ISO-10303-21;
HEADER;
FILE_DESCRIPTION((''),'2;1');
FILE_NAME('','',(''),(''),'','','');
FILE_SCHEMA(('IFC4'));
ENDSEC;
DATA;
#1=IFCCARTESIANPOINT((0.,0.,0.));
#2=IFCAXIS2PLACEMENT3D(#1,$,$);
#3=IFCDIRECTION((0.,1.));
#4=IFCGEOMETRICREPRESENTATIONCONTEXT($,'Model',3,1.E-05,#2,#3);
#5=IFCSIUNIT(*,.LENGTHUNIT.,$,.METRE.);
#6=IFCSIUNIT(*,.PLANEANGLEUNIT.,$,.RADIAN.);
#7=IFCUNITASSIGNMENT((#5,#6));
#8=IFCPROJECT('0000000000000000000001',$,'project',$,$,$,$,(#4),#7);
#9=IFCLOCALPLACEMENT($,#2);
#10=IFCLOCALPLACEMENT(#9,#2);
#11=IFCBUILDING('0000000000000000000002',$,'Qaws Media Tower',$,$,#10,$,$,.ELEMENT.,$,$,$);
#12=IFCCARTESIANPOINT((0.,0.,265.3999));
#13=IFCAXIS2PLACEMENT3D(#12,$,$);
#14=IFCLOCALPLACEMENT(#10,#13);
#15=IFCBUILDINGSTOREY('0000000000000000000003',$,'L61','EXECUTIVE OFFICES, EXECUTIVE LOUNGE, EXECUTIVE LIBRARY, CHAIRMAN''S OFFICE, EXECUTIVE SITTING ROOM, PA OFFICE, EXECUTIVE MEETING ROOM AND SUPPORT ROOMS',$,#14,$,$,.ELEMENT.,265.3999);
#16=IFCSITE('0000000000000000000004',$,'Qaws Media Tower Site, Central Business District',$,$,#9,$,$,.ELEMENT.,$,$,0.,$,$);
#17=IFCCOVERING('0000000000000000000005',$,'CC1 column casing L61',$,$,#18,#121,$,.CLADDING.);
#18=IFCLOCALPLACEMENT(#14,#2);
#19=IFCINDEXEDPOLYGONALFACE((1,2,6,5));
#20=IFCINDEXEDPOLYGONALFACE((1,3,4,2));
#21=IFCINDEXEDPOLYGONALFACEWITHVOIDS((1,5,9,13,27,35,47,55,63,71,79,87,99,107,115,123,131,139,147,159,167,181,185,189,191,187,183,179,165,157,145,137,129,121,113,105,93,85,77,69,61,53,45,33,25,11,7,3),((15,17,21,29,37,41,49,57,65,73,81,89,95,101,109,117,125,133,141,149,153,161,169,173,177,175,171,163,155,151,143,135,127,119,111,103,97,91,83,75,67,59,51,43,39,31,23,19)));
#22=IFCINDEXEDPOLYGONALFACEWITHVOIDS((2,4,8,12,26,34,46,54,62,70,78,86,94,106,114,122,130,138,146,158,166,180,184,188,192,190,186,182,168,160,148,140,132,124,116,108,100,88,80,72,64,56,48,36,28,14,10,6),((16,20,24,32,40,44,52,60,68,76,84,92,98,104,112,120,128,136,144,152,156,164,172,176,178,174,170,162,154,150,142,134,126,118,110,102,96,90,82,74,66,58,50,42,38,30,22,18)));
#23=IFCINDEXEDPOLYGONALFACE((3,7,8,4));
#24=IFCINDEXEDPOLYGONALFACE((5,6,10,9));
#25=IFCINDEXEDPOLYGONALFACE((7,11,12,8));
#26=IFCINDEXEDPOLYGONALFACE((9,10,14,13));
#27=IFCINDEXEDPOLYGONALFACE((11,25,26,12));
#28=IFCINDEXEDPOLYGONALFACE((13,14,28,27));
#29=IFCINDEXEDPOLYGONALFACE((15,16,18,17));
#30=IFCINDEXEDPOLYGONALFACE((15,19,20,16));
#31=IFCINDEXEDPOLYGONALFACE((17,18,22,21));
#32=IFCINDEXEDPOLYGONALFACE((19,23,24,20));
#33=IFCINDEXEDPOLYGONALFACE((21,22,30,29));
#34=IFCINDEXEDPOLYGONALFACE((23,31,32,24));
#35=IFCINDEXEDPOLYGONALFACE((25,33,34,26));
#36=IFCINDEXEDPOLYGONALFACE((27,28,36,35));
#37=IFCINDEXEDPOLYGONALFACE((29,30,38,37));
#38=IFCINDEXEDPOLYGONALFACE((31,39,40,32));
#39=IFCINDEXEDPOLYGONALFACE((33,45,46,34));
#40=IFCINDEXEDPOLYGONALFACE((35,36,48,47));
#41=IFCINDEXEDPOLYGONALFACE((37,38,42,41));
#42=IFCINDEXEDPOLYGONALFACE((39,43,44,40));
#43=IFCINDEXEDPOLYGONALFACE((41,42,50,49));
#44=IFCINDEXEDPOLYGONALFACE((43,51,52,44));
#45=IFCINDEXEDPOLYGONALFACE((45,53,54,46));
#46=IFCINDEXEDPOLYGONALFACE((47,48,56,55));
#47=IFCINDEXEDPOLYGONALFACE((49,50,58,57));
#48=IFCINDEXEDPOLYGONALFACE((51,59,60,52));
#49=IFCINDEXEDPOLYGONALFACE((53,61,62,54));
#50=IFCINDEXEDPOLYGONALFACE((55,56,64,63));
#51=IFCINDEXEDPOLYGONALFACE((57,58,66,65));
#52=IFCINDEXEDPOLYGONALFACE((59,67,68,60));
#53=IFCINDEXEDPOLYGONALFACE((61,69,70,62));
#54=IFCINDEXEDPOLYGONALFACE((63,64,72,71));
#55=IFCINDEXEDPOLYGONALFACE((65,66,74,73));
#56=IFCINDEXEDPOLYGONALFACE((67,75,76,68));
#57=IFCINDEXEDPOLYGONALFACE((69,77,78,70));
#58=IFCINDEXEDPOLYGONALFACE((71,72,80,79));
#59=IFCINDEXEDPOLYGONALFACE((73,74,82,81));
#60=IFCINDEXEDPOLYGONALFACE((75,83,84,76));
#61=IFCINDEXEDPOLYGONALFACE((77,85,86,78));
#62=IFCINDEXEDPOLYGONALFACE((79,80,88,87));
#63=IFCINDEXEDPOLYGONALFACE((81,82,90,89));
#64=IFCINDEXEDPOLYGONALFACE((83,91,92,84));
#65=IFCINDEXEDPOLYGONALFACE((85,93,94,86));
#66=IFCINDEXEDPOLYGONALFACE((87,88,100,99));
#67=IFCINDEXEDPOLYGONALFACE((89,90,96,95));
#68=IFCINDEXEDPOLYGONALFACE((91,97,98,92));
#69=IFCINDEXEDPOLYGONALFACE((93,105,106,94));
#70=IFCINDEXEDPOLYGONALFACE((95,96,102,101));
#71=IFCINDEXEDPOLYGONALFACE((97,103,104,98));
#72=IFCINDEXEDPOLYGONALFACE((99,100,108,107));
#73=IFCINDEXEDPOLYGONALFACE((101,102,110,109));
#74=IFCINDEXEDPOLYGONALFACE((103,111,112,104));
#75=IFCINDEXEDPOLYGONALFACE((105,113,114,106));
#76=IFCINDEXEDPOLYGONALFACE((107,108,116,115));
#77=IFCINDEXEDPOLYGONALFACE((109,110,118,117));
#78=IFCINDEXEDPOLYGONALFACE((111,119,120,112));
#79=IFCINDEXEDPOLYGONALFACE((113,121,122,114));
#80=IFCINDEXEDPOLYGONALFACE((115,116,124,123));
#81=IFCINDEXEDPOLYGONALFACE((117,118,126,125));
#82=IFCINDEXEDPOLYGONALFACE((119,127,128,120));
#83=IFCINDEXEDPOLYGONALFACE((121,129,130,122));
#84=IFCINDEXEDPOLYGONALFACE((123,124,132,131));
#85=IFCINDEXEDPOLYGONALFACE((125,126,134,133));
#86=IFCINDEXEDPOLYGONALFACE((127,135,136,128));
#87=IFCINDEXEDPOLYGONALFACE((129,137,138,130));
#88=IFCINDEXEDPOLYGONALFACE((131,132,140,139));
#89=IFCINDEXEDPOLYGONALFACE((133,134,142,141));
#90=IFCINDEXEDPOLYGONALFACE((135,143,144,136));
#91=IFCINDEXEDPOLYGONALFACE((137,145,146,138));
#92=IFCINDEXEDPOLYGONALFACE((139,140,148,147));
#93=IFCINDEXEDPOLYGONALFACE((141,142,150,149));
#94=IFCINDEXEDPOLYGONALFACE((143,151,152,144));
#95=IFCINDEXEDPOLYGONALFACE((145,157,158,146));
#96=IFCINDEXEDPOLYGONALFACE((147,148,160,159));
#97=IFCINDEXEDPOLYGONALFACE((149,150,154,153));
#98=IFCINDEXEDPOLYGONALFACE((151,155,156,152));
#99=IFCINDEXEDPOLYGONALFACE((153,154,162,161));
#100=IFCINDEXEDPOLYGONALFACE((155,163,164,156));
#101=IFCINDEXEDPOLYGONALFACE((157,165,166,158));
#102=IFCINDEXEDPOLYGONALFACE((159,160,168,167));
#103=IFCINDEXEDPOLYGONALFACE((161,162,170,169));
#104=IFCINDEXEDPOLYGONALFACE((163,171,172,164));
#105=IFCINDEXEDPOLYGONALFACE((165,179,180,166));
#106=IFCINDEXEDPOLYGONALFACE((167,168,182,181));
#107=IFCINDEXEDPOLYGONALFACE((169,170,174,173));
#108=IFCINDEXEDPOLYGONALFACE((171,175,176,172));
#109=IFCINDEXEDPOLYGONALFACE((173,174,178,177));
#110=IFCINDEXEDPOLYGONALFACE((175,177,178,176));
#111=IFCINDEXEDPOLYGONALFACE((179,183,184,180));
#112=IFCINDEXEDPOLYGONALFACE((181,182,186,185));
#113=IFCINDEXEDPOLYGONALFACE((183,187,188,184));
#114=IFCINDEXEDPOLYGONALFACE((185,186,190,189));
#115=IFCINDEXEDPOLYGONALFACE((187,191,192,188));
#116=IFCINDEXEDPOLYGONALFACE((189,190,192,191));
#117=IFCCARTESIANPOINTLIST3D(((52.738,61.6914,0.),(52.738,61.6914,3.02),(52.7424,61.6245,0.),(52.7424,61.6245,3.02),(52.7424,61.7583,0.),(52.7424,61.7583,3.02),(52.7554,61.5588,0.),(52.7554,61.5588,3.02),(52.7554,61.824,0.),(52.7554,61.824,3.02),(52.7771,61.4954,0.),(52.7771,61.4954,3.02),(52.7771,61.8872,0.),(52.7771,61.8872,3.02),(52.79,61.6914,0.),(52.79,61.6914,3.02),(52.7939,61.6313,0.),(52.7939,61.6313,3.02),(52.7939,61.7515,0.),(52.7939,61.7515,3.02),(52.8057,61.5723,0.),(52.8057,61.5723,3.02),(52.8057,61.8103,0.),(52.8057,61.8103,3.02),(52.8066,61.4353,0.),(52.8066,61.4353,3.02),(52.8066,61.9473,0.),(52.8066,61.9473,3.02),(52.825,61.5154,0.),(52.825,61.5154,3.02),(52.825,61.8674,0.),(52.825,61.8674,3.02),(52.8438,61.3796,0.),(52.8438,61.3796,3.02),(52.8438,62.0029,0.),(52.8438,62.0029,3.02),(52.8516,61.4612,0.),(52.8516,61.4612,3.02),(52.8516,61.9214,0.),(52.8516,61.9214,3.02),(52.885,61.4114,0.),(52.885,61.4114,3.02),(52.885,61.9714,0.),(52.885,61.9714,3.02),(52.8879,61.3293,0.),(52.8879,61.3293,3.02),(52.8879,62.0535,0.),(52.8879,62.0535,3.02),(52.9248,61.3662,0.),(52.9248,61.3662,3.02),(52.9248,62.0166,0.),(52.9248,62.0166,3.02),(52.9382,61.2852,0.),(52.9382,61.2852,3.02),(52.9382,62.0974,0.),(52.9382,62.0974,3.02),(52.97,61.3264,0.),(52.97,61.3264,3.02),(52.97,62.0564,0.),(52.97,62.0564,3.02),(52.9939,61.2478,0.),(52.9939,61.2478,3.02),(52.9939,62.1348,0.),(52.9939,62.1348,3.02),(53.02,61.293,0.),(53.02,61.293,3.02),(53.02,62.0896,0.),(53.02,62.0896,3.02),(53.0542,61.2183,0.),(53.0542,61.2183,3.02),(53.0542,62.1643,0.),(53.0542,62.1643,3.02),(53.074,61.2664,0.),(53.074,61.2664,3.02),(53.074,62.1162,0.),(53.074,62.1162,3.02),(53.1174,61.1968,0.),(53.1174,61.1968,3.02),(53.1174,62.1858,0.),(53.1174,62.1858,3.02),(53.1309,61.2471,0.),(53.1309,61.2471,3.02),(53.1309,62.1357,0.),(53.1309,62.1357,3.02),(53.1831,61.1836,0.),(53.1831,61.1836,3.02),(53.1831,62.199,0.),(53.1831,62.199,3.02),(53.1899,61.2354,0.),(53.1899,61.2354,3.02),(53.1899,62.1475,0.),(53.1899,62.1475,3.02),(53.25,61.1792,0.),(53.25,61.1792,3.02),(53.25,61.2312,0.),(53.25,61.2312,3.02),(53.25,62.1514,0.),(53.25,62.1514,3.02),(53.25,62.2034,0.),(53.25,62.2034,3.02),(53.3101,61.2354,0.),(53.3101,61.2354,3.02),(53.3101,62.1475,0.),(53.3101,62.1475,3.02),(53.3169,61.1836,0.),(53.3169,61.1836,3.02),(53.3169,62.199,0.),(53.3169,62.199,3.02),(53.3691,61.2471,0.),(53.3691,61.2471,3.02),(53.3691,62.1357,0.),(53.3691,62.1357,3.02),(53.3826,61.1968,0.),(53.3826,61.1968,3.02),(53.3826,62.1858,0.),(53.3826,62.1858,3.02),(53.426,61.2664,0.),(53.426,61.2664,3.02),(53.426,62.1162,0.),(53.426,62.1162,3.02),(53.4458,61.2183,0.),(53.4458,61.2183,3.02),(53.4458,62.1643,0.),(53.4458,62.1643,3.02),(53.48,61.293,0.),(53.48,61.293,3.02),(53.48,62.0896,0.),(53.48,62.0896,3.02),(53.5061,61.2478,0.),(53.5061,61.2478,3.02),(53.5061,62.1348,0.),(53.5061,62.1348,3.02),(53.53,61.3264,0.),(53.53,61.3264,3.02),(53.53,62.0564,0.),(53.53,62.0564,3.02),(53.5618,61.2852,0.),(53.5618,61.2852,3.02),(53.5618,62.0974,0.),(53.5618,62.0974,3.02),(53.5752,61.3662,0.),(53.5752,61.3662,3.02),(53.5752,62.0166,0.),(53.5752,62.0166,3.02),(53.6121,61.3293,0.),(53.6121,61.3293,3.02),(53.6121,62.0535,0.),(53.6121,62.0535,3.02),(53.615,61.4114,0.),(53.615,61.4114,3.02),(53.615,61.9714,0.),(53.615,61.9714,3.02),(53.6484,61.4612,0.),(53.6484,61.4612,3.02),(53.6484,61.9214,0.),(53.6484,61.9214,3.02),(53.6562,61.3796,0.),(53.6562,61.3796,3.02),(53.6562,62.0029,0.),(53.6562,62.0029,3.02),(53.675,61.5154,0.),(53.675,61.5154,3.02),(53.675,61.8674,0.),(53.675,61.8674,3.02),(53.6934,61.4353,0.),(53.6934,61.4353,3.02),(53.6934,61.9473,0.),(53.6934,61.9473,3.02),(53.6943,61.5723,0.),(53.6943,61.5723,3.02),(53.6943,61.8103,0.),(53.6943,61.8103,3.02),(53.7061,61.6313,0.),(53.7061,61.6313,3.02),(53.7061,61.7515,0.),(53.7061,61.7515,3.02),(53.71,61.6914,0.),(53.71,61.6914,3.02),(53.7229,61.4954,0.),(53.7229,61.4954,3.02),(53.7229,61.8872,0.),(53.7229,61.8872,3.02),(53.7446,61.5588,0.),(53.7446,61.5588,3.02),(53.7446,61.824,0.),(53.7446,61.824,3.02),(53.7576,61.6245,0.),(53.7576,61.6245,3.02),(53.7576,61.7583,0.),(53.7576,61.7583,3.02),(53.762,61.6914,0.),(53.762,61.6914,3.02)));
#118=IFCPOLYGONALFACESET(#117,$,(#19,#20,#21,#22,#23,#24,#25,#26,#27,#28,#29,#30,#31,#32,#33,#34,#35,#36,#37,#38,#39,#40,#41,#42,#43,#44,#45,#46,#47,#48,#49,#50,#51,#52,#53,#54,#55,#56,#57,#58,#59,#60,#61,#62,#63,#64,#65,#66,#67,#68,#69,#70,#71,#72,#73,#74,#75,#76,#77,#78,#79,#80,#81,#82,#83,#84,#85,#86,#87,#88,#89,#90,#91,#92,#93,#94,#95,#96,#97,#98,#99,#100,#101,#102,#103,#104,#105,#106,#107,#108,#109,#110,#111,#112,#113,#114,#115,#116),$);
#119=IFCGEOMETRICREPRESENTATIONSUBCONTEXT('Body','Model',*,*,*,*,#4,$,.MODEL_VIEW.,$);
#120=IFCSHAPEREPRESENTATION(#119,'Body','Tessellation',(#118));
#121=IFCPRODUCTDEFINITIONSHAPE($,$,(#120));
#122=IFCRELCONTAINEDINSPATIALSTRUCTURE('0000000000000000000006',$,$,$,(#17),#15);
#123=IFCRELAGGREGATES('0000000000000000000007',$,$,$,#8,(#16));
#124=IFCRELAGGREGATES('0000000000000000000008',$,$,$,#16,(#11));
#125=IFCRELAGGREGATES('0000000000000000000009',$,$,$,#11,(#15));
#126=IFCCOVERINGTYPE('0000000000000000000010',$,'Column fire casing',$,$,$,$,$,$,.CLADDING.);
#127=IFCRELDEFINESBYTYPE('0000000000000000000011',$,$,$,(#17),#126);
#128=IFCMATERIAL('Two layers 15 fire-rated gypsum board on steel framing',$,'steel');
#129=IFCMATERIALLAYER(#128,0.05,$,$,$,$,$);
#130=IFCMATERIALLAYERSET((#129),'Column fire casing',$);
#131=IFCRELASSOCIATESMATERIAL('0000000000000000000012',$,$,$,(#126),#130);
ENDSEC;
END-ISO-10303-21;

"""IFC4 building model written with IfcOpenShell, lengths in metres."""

from ifc_helpers import new_model, si_unit, direction, frame, origin, place, context, subcontext, project, spatial, polyline, outline, extrude, material, layer, layer_set, type_object, element, save


model = new_model("IFC4")

# Units and contexts
model_context = context("Model", 3, precision=1e-05, world=origin(), true_north=direction((0.0, 1.0)))
body_context = subcontext(model_context, "Body", "Model", "MODEL_VIEW")
ifc_project = project(units=[si_unit("LENGTHUNIT", "METRE"), si_unit("PLANEANGLEUNIT", "RADIAN")], contexts=[model_context])

# Site, building, storey
site_placement = place(None, origin())
site = spatial("IfcSite", under=ifc_project, at=site_placement, Name="Qaws Media Tower Site, Central Business District", CompositionType="ELEMENT", RefElevation=0.0)
building_placement = place(site_placement, origin())
building = spatial("IfcBuilding", under=site, at=building_placement, Name="Qaws Media Tower", CompositionType="ELEMENT")
storey_placement = place(building_placement, frame((0.0, 0.0, 265.3999)))
storey = spatial("IfcBuildingStorey", under=building, at=storey_placement, Name="L61", Description="EXECUTIVE OFFICES, EXECUTIVE LOUNGE, EXECUTIVE LIBRARY, CHAIRMAN'S OFFICE, EXECUTIVE SITTING ROOM, PA OFFICE, EXECUTIVE MEETING ROOM AND SUPPORT ROOMS", CompositionType="ELEMENT", Elevation=265.3999)

# Covering
ifc_material_1 = material(Name="Two layers 15 fire-rated gypsum board on steel framing", Category="steel")
ifc_layer_1 = layer(ifc_material_1, 0.05)
ifc_layer_set_1 = layer_set([ifc_layer_1], Name="Column fire casing")
covering_type = type_object("IfcCoveringType", Name="Column fire casing", PredefinedType="CLADDING", material=ifc_layer_set_1)
covering_1_placement = place(storey_placement, origin())
element("IfcCovering", 1, at=covering_1_placement, inside=storey, type_object=covering_type, Name="CC1 column casing L61", PredefinedType="CLADDING", context=body_context, shape_type="SweptSolid", body=[
    extrude(outline(polyline([(53.762, 61.6914), (53.7576, 61.6245), (53.7446, 61.5588), (53.7229, 61.4954), (53.6934, 61.4353), (53.6562, 61.3796), (53.6121, 61.3293), (53.5618, 61.2852), (53.5061, 61.2478), (53.4458, 61.2183), (53.3826, 61.1968), (53.3169, 61.1836), (53.25, 61.1792), (53.1831, 61.1836), (53.1174, 61.1968), (53.0542, 61.2183), (52.9939, 61.2478), (52.9382, 61.2852), (52.8879, 61.3293), (52.8438, 61.3796), (52.8066, 61.4353), (52.7771, 61.4954), (52.7554, 61.5588), (52.7424, 61.6245), (52.738, 61.6914), (52.7424, 61.7583), (52.7554, 61.824), (52.7771, 61.8872), (52.8066, 61.9473), (52.8438, 62.0029), (52.8879, 62.0535), (52.9382, 62.0974), (52.9939, 62.1348), (53.0542, 62.1643), (53.1174, 62.1858), (53.1831, 62.199), (53.25, 62.2034), (53.3169, 62.199), (53.3826, 62.1858), (53.4458, 62.1643), (53.5061, 62.1348), (53.5618, 62.0974), (53.6121, 62.0535), (53.6562, 62.0029), (53.6934, 61.9473), (53.7229, 61.8872), (53.7446, 61.824), (53.7576, 61.7583), (53.762, 61.6914)]), holes=[polyline([(53.71, 61.6914), (53.7061, 61.6313), (53.6943, 61.5723), (53.675, 61.5154), (53.6484, 61.4612), (53.615, 61.4114), (53.5752, 61.3662), (53.53, 61.3264), (53.48, 61.293), (53.426, 61.2664), (53.3691, 61.2471), (53.3101, 61.2354), (53.25, 61.2312), (53.1899, 61.2354), (53.1309, 61.2471), (53.074, 61.2664), (53.02, 61.293), (52.97, 61.3264), (52.9248, 61.3662), (52.885, 61.4114), (52.8516, 61.4612), (52.825, 61.5154), (52.8057, 61.5723), (52.7939, 61.6313), (52.79, 61.6914), (52.7939, 61.7515), (52.8057, 61.8103), (52.825, 61.8674), (52.8516, 61.9214), (52.885, 61.9714), (52.9248, 62.0166), (52.97, 62.0564), (53.02, 62.0896), (53.074, 62.1162), (53.1309, 62.1357), (53.1899, 62.1475), (53.25, 62.1514), (53.3101, 62.1475), (53.3691, 62.1357), (53.426, 62.1162), (53.48, 62.0896), (53.53, 62.0564), (53.5752, 62.0166), (53.615, 61.9714), (53.6484, 61.9214), (53.675, 61.8674), (53.6943, 61.8103), (53.7061, 61.7515), (53.71, 61.6914)])]), origin(), (0.0, 0.0, 1.0), 3.02),
])

save(model, "model.ifc")
